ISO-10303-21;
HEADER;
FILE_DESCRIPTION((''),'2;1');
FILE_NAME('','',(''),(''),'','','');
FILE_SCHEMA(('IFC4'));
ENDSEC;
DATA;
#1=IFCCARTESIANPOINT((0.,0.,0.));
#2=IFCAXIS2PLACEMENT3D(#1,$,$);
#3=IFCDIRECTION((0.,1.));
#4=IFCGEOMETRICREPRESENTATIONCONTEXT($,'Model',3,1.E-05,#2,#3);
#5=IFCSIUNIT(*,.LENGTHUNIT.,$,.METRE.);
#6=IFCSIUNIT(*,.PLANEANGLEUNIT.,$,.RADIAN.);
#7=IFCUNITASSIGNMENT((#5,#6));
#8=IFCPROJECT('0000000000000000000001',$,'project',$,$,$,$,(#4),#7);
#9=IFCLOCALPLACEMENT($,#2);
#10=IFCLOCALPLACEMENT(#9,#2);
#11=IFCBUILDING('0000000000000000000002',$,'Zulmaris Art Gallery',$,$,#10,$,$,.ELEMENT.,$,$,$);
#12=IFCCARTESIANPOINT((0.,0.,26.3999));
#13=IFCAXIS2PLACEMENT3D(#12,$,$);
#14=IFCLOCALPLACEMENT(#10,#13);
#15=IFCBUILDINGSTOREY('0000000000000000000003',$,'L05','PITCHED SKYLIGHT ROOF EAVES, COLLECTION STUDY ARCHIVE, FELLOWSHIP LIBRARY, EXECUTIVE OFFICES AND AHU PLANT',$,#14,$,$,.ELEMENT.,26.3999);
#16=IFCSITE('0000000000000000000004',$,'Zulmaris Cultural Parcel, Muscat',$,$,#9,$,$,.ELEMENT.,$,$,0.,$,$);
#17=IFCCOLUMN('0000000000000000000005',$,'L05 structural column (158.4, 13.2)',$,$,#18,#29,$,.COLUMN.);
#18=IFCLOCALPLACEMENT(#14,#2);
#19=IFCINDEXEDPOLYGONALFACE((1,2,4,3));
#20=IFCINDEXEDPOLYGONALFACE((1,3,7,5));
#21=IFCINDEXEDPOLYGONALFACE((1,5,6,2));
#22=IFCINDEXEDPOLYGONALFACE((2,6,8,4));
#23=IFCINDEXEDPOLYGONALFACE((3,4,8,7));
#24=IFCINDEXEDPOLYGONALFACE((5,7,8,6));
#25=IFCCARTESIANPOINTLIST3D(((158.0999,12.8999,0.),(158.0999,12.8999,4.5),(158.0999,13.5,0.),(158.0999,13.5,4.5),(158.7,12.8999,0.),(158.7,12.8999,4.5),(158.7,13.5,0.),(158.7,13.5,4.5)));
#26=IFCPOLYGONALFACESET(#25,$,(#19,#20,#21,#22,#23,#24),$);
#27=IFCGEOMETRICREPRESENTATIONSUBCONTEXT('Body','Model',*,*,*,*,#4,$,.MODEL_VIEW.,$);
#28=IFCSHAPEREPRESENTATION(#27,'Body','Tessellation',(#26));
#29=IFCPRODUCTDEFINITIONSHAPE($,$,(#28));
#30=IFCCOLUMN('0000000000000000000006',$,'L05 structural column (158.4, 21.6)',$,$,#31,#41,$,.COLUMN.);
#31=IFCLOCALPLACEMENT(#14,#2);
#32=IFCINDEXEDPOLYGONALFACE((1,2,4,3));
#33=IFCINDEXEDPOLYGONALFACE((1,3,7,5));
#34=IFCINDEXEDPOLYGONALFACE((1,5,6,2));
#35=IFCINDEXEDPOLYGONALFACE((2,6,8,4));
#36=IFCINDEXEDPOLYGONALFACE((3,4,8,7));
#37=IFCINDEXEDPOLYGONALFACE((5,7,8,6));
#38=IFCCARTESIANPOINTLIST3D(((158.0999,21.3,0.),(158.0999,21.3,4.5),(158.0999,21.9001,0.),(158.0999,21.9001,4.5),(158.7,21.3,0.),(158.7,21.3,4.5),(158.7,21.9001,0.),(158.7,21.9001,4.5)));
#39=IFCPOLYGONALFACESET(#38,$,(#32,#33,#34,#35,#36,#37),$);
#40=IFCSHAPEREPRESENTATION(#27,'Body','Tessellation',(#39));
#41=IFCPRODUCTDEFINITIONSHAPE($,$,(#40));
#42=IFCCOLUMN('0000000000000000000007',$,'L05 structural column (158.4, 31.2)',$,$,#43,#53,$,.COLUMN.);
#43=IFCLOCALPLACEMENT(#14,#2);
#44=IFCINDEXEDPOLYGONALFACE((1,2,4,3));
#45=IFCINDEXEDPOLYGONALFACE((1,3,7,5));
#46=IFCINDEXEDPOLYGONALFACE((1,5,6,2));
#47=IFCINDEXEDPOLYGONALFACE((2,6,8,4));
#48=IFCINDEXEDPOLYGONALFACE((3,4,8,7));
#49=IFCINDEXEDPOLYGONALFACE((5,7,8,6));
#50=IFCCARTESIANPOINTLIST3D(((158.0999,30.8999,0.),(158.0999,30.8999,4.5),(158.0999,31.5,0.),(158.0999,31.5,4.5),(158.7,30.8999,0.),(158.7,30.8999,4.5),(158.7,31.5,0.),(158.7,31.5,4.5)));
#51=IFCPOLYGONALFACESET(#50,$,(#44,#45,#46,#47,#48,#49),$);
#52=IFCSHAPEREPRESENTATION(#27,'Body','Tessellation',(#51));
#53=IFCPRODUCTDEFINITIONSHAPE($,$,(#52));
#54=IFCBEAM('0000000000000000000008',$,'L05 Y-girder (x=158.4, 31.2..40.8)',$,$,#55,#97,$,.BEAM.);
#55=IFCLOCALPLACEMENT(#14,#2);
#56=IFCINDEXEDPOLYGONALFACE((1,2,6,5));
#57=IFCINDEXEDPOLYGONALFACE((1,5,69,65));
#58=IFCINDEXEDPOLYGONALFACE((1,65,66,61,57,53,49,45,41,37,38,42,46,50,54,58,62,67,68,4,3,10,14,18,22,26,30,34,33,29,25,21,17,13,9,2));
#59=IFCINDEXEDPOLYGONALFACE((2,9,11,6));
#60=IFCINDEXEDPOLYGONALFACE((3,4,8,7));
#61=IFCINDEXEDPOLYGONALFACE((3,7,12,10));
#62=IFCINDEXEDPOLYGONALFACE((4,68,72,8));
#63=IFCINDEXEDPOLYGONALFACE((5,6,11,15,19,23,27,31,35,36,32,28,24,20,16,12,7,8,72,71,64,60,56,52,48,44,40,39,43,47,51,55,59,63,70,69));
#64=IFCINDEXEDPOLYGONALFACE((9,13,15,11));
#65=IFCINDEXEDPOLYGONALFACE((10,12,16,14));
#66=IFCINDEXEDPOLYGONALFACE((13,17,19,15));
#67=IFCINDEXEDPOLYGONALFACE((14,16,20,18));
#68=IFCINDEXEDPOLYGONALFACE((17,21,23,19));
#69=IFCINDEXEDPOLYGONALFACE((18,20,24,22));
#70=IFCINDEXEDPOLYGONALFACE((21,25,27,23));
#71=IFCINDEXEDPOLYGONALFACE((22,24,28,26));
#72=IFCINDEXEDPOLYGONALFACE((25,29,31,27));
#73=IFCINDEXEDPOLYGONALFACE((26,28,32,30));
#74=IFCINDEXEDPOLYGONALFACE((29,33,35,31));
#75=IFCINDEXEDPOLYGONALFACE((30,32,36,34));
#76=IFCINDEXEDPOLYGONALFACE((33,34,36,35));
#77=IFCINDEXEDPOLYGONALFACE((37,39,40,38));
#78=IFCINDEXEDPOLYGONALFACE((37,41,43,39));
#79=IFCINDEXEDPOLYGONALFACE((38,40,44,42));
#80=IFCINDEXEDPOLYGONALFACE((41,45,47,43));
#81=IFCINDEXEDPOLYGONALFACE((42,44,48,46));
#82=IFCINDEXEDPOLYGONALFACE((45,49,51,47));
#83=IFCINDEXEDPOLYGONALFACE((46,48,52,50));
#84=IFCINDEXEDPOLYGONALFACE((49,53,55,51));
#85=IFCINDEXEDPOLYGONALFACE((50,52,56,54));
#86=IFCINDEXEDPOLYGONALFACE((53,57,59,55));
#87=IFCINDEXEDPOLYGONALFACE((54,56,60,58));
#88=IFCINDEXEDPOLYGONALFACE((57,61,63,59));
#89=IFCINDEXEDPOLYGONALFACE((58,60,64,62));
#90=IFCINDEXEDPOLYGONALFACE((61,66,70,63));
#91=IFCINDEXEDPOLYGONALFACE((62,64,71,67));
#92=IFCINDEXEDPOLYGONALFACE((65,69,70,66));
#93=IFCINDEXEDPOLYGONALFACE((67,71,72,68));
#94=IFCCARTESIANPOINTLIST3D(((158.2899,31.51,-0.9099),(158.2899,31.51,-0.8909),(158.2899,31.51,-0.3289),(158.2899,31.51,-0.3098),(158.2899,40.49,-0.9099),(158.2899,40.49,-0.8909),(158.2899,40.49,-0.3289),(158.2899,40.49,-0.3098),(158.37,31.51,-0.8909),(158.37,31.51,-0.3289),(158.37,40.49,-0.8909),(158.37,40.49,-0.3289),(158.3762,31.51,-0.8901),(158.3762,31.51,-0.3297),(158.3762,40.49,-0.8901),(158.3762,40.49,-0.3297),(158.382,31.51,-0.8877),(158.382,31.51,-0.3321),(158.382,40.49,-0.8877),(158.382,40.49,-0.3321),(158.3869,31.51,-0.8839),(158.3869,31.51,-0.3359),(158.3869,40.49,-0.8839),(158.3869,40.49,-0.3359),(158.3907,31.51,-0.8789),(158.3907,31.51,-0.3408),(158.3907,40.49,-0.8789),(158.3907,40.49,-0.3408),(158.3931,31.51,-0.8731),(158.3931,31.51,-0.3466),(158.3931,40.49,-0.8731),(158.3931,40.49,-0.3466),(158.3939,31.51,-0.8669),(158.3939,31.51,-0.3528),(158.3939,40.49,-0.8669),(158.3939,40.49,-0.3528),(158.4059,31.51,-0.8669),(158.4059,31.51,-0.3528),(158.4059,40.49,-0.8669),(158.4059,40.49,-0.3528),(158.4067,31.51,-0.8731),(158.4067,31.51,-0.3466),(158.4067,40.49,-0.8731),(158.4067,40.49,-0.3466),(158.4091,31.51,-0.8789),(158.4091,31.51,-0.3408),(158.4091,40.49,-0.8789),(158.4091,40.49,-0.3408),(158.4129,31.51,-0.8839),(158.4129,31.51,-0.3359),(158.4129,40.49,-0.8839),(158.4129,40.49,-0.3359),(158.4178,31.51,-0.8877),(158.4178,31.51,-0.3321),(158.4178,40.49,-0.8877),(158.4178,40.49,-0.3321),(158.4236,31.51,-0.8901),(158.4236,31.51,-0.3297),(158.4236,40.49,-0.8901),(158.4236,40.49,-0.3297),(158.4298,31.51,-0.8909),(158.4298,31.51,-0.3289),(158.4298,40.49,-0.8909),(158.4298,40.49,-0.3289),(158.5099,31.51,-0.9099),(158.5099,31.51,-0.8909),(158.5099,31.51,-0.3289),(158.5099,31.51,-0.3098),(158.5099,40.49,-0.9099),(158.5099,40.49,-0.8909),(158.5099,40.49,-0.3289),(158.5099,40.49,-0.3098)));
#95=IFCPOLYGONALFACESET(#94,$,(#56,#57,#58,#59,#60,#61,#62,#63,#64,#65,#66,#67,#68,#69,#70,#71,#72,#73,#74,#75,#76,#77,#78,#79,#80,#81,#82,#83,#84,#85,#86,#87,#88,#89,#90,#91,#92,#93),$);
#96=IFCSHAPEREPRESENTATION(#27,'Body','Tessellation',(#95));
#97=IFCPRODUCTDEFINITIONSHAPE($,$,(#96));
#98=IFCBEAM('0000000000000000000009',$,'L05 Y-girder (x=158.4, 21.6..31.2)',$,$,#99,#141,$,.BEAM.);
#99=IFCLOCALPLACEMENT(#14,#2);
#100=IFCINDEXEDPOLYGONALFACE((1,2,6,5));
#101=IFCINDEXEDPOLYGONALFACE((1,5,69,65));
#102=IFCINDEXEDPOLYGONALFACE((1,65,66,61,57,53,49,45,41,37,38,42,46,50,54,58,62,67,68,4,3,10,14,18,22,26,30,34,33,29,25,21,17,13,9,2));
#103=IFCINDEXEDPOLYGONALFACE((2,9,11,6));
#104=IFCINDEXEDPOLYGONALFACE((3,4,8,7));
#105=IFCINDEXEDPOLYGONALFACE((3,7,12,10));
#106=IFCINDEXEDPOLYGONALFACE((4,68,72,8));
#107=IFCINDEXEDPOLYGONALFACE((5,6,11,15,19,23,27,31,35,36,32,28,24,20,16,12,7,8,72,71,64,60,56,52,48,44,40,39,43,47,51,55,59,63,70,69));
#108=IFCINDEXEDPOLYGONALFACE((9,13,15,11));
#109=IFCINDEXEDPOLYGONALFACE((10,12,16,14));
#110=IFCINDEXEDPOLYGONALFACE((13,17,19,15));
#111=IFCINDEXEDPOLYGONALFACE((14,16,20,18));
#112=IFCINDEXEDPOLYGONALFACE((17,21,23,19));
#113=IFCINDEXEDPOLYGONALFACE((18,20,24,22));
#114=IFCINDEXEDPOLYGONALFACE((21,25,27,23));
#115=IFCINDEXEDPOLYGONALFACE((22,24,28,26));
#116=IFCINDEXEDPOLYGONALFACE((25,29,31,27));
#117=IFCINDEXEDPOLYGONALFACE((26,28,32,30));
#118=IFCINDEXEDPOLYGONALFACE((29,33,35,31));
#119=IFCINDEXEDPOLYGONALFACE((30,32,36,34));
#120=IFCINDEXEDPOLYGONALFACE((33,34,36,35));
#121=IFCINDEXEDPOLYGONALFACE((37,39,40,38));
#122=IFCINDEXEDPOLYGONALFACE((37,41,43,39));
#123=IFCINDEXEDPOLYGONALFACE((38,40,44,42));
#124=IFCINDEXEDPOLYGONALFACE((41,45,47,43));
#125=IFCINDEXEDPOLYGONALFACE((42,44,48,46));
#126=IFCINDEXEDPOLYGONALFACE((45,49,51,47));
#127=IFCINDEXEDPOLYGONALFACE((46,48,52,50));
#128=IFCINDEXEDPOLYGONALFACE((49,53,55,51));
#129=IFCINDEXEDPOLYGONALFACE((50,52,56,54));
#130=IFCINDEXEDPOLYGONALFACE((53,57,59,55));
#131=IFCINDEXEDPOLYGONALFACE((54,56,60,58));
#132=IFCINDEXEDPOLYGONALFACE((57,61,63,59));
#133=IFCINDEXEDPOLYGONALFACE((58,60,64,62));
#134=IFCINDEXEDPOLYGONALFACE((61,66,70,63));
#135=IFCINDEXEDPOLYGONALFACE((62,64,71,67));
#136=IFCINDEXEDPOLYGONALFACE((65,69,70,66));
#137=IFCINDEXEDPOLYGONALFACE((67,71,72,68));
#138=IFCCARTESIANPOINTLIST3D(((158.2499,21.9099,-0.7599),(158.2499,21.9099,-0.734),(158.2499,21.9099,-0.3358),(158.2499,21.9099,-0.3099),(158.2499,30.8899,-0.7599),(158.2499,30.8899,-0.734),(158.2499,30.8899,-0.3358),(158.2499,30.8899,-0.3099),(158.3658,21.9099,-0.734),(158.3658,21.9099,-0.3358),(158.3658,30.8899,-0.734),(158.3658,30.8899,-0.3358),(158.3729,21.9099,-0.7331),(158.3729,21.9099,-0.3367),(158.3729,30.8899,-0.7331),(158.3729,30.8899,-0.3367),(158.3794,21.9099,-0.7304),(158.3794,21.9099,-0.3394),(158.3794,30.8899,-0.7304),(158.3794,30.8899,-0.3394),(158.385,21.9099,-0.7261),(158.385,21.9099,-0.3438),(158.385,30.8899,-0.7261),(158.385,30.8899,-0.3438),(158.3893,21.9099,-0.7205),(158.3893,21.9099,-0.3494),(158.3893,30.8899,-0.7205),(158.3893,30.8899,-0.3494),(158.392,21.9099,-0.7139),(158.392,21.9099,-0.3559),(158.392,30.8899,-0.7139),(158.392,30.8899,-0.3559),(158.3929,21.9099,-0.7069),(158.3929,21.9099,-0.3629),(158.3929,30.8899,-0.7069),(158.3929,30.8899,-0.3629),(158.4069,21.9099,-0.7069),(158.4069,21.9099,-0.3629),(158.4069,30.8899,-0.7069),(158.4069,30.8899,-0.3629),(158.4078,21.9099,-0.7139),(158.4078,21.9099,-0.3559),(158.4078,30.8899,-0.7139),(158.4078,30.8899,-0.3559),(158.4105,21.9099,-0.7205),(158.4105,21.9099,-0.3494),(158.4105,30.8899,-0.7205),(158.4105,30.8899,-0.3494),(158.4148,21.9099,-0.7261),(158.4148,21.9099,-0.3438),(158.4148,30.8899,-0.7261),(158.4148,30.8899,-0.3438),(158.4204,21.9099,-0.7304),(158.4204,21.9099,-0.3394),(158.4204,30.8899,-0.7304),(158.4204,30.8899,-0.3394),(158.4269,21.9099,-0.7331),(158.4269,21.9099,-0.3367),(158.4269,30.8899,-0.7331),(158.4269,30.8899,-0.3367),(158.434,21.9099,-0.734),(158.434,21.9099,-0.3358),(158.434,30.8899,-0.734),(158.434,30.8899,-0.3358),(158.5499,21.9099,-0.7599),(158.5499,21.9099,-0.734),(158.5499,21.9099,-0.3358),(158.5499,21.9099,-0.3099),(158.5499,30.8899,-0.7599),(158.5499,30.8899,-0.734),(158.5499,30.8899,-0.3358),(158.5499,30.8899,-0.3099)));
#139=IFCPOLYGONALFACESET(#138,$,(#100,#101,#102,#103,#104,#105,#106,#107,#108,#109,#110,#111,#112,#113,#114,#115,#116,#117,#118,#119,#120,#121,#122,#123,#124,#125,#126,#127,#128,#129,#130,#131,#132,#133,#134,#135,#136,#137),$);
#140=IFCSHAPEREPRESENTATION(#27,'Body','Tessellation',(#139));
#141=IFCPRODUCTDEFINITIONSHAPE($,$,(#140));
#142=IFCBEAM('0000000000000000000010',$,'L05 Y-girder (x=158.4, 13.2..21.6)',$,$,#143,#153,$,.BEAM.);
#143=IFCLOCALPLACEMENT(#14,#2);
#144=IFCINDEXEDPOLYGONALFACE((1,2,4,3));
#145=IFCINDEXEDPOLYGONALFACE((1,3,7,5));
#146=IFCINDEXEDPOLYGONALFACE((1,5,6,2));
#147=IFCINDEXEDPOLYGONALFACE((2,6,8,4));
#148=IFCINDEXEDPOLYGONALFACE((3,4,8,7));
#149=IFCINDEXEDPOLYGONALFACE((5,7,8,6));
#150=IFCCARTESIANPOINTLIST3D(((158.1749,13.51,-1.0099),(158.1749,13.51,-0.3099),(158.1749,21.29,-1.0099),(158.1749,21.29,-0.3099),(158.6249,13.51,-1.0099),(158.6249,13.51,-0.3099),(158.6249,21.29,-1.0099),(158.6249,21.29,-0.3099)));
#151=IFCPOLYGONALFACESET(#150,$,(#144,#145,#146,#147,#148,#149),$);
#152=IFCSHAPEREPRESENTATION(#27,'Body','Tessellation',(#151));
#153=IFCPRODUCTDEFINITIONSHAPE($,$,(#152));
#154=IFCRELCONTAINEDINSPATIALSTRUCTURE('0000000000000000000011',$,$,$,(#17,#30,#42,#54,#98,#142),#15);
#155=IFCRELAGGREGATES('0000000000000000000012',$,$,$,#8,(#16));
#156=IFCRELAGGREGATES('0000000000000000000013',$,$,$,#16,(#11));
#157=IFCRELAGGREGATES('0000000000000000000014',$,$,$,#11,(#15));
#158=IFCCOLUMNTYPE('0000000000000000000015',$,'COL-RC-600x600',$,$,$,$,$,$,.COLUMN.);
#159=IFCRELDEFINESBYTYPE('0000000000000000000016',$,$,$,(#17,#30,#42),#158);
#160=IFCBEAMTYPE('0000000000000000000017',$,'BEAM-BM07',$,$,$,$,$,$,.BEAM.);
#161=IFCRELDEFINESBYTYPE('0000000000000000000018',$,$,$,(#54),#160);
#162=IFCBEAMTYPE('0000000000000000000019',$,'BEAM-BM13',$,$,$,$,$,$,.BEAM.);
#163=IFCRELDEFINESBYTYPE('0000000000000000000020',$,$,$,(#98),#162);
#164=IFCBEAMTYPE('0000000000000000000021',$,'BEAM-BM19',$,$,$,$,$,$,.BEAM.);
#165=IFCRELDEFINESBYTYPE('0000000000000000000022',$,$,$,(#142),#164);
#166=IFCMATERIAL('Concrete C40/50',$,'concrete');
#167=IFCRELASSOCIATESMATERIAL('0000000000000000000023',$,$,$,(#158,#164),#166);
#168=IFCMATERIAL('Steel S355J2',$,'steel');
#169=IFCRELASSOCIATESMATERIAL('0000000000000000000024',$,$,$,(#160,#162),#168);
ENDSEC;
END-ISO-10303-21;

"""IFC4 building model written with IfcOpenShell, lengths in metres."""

from ifc_helpers import new_model, si_unit, direction, frame, origin, origin_2d, place, context, subcontext, project, spatial, rectangle, i_section, extrude, material, material_profile, profile_set, type_object, element, save


model = new_model("IFC4")

# Units and contexts
model_context = context("Model", 3, precision=1e-05, world=origin(), true_north=direction((0.0, 1.0)))
body_context = subcontext(model_context, "Body", "Model", "MODEL_VIEW")
ifc_project = project(units=[si_unit("LENGTHUNIT", "METRE"), si_unit("PLANEANGLEUNIT", "RADIAN")], contexts=[model_context])

# Site, building, storey
site_placement = place(None, origin())
site = spatial("IfcSite", under=ifc_project, at=site_placement, Name="Zulmaris Cultural Parcel, Muscat", CompositionType="ELEMENT", RefElevation=0.0)
building_placement = place(site_placement, origin())
building = spatial("IfcBuilding", under=site, at=building_placement, Name="Zulmaris Art Gallery", CompositionType="ELEMENT")
storey_placement = place(building_placement, frame((0.0, 0.0, 26.3999)))
storey = spatial("IfcBuildingStorey", under=building, at=storey_placement, Name="L05", Description="PITCHED SKYLIGHT ROOF EAVES, COLLECTION STUDY ARCHIVE, FELLOWSHIP LIBRARY, EXECUTIVE OFFICES AND AHU PLANT", CompositionType="ELEMENT", Elevation=26.3999)

# Columns
ifc_material_1 = material(Name="Concrete C40/50", Category="concrete")
ifc_material_profile_1 = material_profile(ifc_material_1, rectangle(XDim=0.6001, YDim=0.6001, at=origin_2d()), Name="RC 600x600")
ifc_profile_set_1 = profile_set([ifc_material_profile_1], Name="Concrete C40/50")
column_type = type_object("IfcColumnType", Name="COL-RC-600x600", PredefinedType="COLUMN", material=ifc_profile_set_1)
for number, where, z_axis, x_axis, name in (
    (1, (158.3999, 13.2, 0.0), (0.0, 0.0, 1.0), (1.0, 0.0, 0.0), "L05 structural column (158.4, 13.2)"),
    (2, (158.3999, 21.6001, 0.0), (0.0, 0.0, 1.0), (1.0, 0.0, 0.0), "L05 structural column (158.4, 21.6)"),
    (3, (158.3999, 31.2, 0.0), (0.0, 0.0, 1.0), (1.0, 0.0, 0.0), "L05 structural column (158.4, 31.2)"),
):
    element("IfcColumn", number, at=place(storey_placement, frame(where, z_axis=z_axis, x_axis=x_axis)), inside=storey, type_object=column_type, Name=name, PredefinedType="COLUMN", context=body_context, shape_type="SweptSolid", body=[
        extrude(rectangle(XDim=0.6001, YDim=0.6001, at=origin_2d()), origin(), (0.0, 0.0, 1.0), 4.5),
    ])

# Beams
ifc_material_2 = material(Name="Steel S355J2", Category="steel")
ifc_material_profile_2 = material_profile(ifc_material_2, i_section(OverallWidth=0.22, OverallDepth=0.6001, WebThickness=0.012, FlangeThickness=0.019, FilletRadius=0.0239, at=origin_2d()), Name="IPE 600")
ifc_profile_set_2 = profile_set([ifc_material_profile_2], Name="Steel S355J2")
beam_type_1 = type_object("IfcBeamType", Name="BEAM-BM07", PredefinedType="BEAM", material=ifc_profile_set_2)
beam_1_placement = place(storey_placement, frame((158.3999, 31.51, -0.6099), z_axis=(0.0, 1.0, 0.0), x_axis=(-1.0, 0.0, 0.0)))
element("IfcBeam", 4, at=beam_1_placement, inside=storey, type_object=beam_type_1, Name="L05 Y-girder (x=158.4, 31.2..40.8)", PredefinedType="BEAM", context=body_context, shape_type="SweptSolid", body=[
    extrude(i_section(OverallWidth=0.22, OverallDepth=0.6001, WebThickness=0.012, FlangeThickness=0.019, FilletRadius=0.0239, at=origin_2d()), origin(), (0.0, 0.0, 1.0), 8.98),
])
ifc_material_profile_3 = material_profile(ifc_material_2, i_section(OverallWidth=0.3, OverallDepth=0.45, WebThickness=0.0139, FlangeThickness=0.0259, FilletRadius=0.0271, at=origin_2d()), Name="HEB 450")
ifc_profile_set_3 = profile_set([ifc_material_profile_3], Name="Steel S355J2")
beam_type_2 = type_object("IfcBeamType", Name="BEAM-BM13", PredefinedType="BEAM", material=ifc_profile_set_3)
beam_2_placement = place(storey_placement, frame((158.3999, 21.9099, -0.5349), z_axis=(0.0, 1.0, 0.0), x_axis=(-1.0, 0.0, 0.0)))
element("IfcBeam", 5, at=beam_2_placement, inside=storey, type_object=beam_type_2, Name="L05 Y-girder (x=158.4, 21.6..31.2)", PredefinedType="BEAM", context=body_context, shape_type="SweptSolid", body=[
    extrude(i_section(OverallWidth=0.3, OverallDepth=0.45, WebThickness=0.0139, FlangeThickness=0.0259, FilletRadius=0.0271, at=origin_2d()), origin(), (0.0, 0.0, 1.0), 8.98),
])
ifc_material_profile_4 = material_profile(ifc_material_1, rectangle(XDim=0.45, YDim=0.7, at=origin_2d()), Name="RC 450x700")
ifc_profile_set_4 = profile_set([ifc_material_profile_4], Name="Concrete C40/50")
beam_type_3 = type_object("IfcBeamType", Name="BEAM-BM19", PredefinedType="BEAM", material=ifc_profile_set_4)
beam_3_placement = place(storey_placement, frame((158.3999, 13.51, -0.6599), z_axis=(0.0, 1.0, 0.0), x_axis=(-1.0, 0.0, 0.0)))
element("IfcBeam", 6, at=beam_3_placement, inside=storey, type_object=beam_type_3, Name="L05 Y-girder (x=158.4, 13.2..21.6)", PredefinedType="BEAM", context=body_context, shape_type="SweptSolid", body=[
    extrude(rectangle(XDim=0.45, YDim=0.7, at=origin_2d()), origin(), (0.0, 0.0, 1.0), 7.78),
])

save(model, "model.ifc")
